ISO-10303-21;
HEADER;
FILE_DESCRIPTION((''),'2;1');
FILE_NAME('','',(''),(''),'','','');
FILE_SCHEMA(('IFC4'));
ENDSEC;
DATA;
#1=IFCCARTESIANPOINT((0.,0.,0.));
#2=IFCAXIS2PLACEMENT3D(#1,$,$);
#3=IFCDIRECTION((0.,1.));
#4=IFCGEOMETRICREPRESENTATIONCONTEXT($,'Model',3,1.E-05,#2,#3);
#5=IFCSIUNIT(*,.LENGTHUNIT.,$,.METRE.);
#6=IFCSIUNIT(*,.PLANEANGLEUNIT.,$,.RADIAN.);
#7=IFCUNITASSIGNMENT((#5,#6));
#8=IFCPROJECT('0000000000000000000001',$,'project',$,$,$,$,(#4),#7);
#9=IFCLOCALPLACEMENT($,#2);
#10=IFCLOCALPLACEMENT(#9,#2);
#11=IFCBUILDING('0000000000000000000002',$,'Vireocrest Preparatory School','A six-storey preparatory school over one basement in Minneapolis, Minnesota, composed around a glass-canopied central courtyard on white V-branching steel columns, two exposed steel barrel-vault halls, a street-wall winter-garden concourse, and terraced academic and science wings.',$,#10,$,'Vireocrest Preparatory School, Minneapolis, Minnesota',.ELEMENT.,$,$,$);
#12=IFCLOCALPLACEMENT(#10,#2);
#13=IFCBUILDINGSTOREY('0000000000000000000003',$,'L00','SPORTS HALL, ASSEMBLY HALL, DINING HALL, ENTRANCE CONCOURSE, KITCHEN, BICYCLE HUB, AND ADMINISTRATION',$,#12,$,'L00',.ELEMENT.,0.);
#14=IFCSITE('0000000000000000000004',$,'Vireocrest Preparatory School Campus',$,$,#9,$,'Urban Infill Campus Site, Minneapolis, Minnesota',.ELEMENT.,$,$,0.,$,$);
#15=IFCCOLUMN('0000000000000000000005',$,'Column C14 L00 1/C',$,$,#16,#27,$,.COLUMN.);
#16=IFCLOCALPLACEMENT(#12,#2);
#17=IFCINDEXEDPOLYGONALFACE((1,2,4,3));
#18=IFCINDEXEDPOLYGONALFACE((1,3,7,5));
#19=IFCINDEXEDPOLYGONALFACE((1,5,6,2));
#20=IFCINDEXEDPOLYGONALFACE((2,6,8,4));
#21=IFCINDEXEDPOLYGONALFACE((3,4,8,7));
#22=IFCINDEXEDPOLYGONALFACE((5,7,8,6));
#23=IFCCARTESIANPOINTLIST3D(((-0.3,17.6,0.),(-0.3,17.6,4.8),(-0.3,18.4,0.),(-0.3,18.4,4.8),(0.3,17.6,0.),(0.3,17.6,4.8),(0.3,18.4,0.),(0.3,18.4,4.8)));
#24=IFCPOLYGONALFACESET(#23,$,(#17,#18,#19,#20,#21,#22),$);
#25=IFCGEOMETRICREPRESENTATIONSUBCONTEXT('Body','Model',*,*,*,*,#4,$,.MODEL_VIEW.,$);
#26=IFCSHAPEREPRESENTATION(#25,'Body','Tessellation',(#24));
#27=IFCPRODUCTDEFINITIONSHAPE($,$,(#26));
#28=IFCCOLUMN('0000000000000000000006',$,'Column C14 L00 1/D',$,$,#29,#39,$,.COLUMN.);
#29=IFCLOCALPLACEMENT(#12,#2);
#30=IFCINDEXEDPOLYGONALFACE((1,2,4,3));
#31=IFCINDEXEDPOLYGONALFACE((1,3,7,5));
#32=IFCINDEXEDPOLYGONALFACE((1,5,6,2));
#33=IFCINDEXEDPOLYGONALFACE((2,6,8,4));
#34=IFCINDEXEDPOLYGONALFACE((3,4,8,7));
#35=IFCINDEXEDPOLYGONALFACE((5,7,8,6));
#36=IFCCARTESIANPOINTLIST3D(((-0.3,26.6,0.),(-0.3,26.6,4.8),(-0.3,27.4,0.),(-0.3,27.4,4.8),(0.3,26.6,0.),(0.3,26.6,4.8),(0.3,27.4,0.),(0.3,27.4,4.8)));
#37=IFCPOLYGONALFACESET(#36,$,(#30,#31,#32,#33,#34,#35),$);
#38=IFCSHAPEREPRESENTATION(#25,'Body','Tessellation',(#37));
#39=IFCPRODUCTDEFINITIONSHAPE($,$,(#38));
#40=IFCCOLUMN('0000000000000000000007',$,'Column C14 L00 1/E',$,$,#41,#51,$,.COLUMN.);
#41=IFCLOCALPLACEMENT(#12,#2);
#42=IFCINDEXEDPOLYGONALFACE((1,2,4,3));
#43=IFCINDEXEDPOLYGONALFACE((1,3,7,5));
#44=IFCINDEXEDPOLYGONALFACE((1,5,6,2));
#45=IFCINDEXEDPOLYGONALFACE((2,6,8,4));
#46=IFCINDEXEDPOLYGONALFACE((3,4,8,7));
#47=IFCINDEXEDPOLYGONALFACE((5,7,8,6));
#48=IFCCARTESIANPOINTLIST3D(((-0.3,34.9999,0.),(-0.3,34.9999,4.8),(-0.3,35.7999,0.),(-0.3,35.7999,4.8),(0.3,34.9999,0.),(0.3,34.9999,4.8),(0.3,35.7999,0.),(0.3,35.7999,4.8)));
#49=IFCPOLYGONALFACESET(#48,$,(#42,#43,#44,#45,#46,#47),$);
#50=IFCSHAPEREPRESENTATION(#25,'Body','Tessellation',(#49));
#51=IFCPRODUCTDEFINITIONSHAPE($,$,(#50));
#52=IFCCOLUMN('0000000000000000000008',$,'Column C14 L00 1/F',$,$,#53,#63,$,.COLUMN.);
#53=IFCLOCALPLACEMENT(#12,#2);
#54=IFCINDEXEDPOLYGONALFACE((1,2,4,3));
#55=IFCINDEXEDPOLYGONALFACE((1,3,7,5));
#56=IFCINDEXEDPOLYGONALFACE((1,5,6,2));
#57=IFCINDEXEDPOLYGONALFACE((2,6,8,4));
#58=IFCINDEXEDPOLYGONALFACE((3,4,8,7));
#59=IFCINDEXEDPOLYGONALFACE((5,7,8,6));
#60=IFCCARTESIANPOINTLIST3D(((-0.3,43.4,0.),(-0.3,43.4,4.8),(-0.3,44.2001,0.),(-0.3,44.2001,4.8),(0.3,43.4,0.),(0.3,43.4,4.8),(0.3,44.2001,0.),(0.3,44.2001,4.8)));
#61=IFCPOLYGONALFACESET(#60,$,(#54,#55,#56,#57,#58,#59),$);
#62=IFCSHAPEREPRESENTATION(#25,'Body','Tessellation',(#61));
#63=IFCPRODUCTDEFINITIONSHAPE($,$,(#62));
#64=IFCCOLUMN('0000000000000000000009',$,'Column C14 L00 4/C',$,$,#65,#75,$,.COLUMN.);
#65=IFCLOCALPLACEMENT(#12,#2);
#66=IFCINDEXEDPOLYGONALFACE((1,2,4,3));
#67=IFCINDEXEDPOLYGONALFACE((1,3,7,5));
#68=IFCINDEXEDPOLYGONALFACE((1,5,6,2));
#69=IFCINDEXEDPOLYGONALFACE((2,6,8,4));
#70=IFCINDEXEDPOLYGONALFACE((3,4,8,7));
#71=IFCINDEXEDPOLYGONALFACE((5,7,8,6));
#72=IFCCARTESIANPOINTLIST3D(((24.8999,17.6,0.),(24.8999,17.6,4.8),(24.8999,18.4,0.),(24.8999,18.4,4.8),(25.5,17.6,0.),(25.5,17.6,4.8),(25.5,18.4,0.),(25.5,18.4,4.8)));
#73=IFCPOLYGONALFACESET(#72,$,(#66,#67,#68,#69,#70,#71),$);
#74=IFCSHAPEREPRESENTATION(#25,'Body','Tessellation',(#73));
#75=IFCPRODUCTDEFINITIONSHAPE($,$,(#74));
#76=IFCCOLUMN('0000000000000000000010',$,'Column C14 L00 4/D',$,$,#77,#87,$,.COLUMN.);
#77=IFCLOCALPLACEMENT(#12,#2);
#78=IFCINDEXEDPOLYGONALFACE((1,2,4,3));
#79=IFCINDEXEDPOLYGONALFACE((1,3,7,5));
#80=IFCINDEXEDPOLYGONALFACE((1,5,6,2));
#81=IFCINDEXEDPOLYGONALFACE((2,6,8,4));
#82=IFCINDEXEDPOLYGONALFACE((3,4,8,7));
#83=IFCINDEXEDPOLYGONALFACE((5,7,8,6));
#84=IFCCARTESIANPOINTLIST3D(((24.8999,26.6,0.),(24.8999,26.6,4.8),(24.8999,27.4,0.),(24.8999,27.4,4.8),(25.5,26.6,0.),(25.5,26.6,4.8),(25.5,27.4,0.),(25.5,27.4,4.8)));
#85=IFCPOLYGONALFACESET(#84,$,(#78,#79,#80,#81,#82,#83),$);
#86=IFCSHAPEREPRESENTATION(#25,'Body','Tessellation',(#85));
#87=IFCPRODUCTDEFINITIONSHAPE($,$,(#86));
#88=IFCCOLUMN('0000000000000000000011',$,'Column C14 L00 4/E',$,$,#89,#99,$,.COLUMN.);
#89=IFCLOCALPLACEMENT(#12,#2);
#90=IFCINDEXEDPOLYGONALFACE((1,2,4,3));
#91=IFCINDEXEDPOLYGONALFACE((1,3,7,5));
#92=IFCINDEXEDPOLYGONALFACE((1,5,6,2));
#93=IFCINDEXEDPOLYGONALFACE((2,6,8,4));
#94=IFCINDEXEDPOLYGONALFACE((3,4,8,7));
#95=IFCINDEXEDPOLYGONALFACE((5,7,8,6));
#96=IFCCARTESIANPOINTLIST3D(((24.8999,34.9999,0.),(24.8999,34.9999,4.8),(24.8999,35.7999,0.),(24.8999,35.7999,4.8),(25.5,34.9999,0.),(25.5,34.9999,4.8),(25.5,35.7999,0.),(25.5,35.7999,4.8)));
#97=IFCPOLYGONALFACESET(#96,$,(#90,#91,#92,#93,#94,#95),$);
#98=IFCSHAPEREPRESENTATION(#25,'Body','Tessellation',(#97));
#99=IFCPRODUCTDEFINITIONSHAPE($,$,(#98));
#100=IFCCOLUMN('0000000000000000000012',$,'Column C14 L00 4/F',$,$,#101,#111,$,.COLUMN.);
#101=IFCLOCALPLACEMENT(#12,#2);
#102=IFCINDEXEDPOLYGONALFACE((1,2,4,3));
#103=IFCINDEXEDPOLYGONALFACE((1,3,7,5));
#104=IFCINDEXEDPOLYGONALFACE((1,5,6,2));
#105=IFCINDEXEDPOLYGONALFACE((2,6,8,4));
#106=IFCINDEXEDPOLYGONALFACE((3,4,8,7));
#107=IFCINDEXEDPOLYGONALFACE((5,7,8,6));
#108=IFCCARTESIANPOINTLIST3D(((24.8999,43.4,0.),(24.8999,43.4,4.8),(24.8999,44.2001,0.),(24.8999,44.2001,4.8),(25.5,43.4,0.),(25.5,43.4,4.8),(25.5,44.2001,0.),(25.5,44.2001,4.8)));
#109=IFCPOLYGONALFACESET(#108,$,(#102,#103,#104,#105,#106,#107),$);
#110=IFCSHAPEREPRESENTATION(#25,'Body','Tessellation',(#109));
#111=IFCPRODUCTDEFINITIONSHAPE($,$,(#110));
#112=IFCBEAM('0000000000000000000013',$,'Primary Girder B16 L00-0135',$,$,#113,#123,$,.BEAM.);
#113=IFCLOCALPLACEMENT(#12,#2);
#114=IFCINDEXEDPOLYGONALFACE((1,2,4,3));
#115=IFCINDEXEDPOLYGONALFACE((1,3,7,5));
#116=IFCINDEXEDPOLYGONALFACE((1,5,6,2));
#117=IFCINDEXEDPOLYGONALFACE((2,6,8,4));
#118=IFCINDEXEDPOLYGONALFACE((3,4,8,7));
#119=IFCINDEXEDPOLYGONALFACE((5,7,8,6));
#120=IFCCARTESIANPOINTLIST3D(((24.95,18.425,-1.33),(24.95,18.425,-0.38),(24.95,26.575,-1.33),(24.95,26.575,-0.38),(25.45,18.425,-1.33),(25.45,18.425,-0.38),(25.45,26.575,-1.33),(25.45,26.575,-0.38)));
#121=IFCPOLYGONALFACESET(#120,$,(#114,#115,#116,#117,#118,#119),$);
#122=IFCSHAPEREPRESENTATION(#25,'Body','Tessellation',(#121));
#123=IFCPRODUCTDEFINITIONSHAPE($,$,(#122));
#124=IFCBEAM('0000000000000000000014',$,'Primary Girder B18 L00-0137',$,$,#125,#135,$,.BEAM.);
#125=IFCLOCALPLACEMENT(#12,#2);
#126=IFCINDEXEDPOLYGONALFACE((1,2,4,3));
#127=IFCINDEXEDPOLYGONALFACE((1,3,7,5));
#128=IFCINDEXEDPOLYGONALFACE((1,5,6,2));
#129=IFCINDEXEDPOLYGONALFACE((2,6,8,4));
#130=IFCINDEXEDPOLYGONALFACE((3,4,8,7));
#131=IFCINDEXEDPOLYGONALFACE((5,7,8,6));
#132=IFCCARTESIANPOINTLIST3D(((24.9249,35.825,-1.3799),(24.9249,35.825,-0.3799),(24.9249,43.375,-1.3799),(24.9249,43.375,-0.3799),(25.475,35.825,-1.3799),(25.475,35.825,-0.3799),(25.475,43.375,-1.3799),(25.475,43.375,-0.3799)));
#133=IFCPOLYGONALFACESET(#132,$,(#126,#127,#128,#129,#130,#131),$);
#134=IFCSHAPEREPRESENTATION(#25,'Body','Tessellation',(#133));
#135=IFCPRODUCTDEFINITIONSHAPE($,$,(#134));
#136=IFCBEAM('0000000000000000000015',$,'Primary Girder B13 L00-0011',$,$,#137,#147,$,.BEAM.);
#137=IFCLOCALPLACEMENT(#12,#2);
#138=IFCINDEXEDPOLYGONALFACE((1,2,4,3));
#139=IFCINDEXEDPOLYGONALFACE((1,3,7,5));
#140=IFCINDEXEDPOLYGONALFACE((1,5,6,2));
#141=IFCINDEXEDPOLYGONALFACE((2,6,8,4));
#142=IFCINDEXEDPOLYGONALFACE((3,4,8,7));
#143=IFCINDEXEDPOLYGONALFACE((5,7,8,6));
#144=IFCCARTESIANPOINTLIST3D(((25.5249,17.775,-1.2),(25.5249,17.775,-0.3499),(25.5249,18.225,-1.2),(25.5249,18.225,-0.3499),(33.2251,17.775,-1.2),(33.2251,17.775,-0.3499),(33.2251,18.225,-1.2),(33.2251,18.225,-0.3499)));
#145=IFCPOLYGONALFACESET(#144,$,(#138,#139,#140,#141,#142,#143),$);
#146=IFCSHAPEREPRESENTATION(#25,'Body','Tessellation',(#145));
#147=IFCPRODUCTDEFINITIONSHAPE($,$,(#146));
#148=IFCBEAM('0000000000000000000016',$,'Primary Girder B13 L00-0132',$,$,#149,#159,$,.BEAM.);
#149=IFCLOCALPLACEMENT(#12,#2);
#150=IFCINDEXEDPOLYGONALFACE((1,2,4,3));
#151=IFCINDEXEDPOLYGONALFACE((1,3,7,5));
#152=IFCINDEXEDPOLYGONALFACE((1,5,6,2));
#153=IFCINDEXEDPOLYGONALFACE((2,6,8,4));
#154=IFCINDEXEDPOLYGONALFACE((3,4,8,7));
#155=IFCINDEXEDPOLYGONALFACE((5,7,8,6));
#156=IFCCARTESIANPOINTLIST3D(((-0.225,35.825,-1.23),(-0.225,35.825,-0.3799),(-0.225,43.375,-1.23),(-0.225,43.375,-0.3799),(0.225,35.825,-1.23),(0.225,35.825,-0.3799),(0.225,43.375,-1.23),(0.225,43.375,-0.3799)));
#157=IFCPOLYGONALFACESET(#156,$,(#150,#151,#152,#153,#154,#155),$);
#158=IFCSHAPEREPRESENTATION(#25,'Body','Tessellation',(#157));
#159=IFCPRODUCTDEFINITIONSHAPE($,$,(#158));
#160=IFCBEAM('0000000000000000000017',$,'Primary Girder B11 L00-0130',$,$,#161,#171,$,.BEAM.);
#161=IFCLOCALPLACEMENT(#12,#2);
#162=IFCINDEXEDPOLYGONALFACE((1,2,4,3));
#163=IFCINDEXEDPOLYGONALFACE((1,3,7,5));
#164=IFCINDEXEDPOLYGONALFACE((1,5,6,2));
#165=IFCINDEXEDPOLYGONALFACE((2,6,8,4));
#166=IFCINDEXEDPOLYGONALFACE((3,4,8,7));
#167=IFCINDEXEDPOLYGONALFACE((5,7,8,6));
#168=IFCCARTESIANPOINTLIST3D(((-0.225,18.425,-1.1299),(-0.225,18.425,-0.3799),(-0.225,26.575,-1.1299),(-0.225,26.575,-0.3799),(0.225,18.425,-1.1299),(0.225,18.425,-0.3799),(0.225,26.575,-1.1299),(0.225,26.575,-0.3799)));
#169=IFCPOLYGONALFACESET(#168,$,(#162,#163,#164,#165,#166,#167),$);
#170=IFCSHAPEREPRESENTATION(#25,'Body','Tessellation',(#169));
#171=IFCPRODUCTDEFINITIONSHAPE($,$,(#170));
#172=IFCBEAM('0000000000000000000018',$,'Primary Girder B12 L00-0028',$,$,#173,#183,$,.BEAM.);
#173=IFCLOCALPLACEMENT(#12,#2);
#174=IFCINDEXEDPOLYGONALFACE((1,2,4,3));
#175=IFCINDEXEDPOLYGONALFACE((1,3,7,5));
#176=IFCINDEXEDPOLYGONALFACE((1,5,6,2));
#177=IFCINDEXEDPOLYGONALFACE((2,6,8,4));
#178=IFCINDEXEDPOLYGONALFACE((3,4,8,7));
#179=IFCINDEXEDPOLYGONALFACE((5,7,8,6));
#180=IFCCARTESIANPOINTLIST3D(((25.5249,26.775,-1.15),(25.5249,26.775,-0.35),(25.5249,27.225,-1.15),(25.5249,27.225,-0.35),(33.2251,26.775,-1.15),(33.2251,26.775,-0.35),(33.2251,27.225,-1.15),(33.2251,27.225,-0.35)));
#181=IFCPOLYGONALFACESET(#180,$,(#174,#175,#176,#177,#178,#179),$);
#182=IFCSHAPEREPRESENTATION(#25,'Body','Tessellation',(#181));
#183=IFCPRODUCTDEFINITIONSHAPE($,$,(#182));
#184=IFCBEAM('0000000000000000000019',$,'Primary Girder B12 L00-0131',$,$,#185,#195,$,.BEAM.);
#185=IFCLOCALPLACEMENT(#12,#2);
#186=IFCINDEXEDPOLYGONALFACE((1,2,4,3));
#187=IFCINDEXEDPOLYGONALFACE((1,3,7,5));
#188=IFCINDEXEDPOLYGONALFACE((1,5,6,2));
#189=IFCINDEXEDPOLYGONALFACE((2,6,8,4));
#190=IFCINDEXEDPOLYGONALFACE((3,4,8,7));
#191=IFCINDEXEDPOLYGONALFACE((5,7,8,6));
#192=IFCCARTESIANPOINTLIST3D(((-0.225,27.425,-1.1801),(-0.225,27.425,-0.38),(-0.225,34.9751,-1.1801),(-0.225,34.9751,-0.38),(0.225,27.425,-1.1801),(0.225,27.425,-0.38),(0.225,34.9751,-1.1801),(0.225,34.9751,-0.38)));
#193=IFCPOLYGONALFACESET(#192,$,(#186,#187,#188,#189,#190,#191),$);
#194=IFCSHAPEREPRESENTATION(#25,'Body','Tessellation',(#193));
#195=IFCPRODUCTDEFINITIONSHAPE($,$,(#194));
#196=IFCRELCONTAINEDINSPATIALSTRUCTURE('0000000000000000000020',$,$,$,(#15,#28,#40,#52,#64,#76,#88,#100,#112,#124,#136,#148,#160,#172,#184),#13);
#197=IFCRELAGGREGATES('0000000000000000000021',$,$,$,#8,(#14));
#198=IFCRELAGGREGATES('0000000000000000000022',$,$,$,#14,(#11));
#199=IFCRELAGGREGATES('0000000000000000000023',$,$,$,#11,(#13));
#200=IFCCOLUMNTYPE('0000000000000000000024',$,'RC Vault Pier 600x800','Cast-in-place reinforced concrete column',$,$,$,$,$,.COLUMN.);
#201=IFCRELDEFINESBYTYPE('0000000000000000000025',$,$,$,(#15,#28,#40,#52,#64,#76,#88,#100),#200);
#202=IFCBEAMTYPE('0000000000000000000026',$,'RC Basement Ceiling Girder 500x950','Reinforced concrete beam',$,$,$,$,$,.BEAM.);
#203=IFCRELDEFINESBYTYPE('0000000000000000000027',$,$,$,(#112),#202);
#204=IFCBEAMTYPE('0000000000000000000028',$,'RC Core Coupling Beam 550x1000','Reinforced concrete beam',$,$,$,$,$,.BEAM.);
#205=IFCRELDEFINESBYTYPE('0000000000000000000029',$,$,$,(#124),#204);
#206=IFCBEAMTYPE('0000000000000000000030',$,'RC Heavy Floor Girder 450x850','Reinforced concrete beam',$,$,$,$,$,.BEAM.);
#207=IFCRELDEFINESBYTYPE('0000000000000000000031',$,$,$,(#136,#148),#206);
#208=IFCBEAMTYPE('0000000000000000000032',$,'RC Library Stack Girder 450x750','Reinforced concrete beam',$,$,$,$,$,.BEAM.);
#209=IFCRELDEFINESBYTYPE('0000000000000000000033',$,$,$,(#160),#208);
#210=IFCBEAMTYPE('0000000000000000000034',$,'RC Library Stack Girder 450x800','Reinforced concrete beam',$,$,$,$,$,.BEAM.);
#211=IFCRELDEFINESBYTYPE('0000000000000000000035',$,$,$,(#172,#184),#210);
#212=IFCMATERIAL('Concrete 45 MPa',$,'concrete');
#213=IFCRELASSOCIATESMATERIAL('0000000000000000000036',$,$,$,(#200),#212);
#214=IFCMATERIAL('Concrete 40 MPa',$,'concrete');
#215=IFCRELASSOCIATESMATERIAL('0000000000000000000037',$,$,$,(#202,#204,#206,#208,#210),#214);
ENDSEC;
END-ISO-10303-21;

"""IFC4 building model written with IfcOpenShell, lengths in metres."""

from ifc_helpers import new_model, si_unit, direction, frame, origin, origin_2d, place, context, subcontext, project, spatial, rectangle, extrude, material, material_profile, profile_set, type_object, element, save


model = new_model("IFC4")

# Units and contexts
model_context = context("Model", 3, precision=1e-05, world=origin(), true_north=direction((0.0, 1.0)))
body_context = subcontext(model_context, "Body", "Model", "MODEL_VIEW")
ifc_project = project(units=[si_unit("LENGTHUNIT", "METRE"), si_unit("PLANEANGLEUNIT", "RADIAN")], contexts=[model_context])

# Site, building, storey
site_placement = place(None, origin())
site = spatial("IfcSite", under=ifc_project, at=site_placement, Name="Vireocrest Preparatory School Campus", LongName="Urban Infill Campus Site, Minneapolis, Minnesota", CompositionType="ELEMENT", RefElevation=0.0)
building_placement = place(site_placement, origin())
building = spatial("IfcBuilding", under=site, at=building_placement, Name="Vireocrest Preparatory School", Description="A six-storey preparatory school over one basement in Minneapolis, Minnesota, composed around a glass-canopied central courtyard on white V-branching steel columns, two exposed steel barrel-vault halls, a street-wall winter-garden concourse, and terraced academic and science wings.", LongName="Vireocrest Preparatory School, Minneapolis, Minnesota", CompositionType="ELEMENT")
storey_placement = place(building_placement, origin())
storey = spatial("IfcBuildingStorey", under=building, at=storey_placement, Name="L00", Description="SPORTS HALL, ASSEMBLY HALL, DINING HALL, ENTRANCE CONCOURSE, KITCHEN, BICYCLE HUB, AND ADMINISTRATION", LongName="L00", CompositionType="ELEMENT", Elevation=0.0)

# Columns
ifc_material_1 = material(Name="Concrete 45 MPa", Category="concrete")
ifc_material_profile_1 = material_profile(ifc_material_1, rectangle(XDim=0.6001, YDim=0.8, at=origin_2d()), Name="RC 600x800")
ifc_profile_set_1 = profile_set([ifc_material_profile_1], Name="Concrete 45 MPa")
column_type = type_object("IfcColumnType", Name="RC Vault Pier 600x800", Description="Cast-in-place reinforced concrete column", PredefinedType="COLUMN", material=ifc_profile_set_1)
for number, where, z_axis, x_axis, name in (
    (1, (0.0, 18.0, 0.0), (0.0, 0.0, 1.0), (1.0, 0.0, 0.0), "Column C14 L00 1/C"),
    (2, (0.0, 27.0, 0.0), (0.0, 0.0, 1.0), (1.0, 0.0, 0.0), "Column C14 L00 1/D"),
    (3, (0.0, 35.3999, 0.0), (0.0, 0.0, 1.0), (1.0, 0.0, 0.0), "Column C14 L00 1/E"),
    (4, (0.0, 43.8, 0.0), (0.0, 0.0, 1.0), (1.0, 0.0, 0.0), "Column C14 L00 1/F"),
    (5, (25.2, 18.0, 0.0), (0.0, 0.0, 1.0), (1.0, 0.0, 0.0), "Column C14 L00 4/C"),
    (6, (25.2, 27.0, 0.0), (0.0, 0.0, 1.0), (1.0, 0.0, 0.0), "Column C14 L00 4/D"),
    (7, (25.2, 35.3999, 0.0), (0.0, 0.0, 1.0), (1.0, 0.0, 0.0), "Column C14 L00 4/E"),
    (8, (25.2, 43.8, 0.0), (0.0, 0.0, 1.0), (1.0, 0.0, 0.0), "Column C14 L00 4/F"),
):
    element("IfcColumn", number, at=place(storey_placement, frame(where, z_axis=z_axis, x_axis=x_axis)), inside=storey, type_object=column_type, Name=name, PredefinedType="COLUMN", context=body_context, shape_type="SweptSolid", body=[
        extrude(rectangle(XDim=0.6001, YDim=0.8, at=origin_2d()), origin(), (0.0, 0.0, 1.0), 4.8),
    ])

# Beams
ifc_material_2 = material(Name="Concrete 40 MPa", Category="concrete")
ifc_material_profile_2 = material_profile(ifc_material_2, rectangle(XDim=0.5, YDim=0.95, at=origin_2d()), Name="RC 500x950")
ifc_profile_set_2 = profile_set([ifc_material_profile_2], Name="Concrete 40 MPa")
beam_type_1 = type_object("IfcBeamType", Name="RC Basement Ceiling Girder 500x950", Description="Reinforced concrete beam", PredefinedType="BEAM", material=ifc_profile_set_2)
beam_1_placement = place(storey_placement, frame((25.2, 18.425, -0.855), z_axis=(0.0, 1.0, 0.0), x_axis=(-1.0, 0.0, 0.0)))
element("IfcBeam", 9, at=beam_1_placement, inside=storey, type_object=beam_type_1, Name="Primary Girder B16 L00-0135", PredefinedType="BEAM", context=body_context, shape_type="SweptSolid", body=[
    extrude(rectangle(XDim=0.5, YDim=0.95, at=origin_2d()), origin(), (0.0, 0.0, 1.0), 8.1499),
])
ifc_material_profile_3 = material_profile(ifc_material_2, rectangle(XDim=0.55, YDim=1.0, at=origin_2d()), Name="RC 550x1000")
ifc_profile_set_3 = profile_set([ifc_material_profile_3], Name="Concrete 40 MPa")
beam_type_2 = type_object("IfcBeamType", Name="RC Core Coupling Beam 550x1000", Description="Reinforced concrete beam", PredefinedType="BEAM", material=ifc_profile_set_3)
beam_2_placement = place(storey_placement, frame((25.2, 35.825, -0.8799), z_axis=(0.0, 1.0, 0.0), x_axis=(-1.0, 0.0, 0.0)))
element("IfcBeam", 10, at=beam_2_placement, inside=storey, type_object=beam_type_2, Name="Primary Girder B18 L00-0137", PredefinedType="BEAM", context=body_context, shape_type="SweptSolid", body=[
    extrude(rectangle(XDim=0.55, YDim=1.0, at=origin_2d()), origin(), (0.0, 0.0, 1.0), 7.55),
])
ifc_material_profile_4 = material_profile(ifc_material_2, rectangle(XDim=0.45, YDim=0.8501, at=origin_2d()), Name="RC 450x850")
ifc_profile_set_4 = profile_set([ifc_material_profile_4], Name="Concrete 40 MPa")
beam_type_3 = type_object("IfcBeamType", Name="RC Heavy Floor Girder 450x850", Description="Reinforced concrete beam", PredefinedType="BEAM", material=ifc_profile_set_4)
beam_3_placement = place(storey_placement, frame((25.5249, 18.0, -0.7749), z_axis=(1.0, 0.0, 0.0), x_axis=(0.0, 1.0, 0.0)))
element("IfcBeam", 11, at=beam_3_placement, inside=storey, type_object=beam_type_3, Name="Primary Girder B13 L00-0011", PredefinedType="BEAM", context=body_context, shape_type="SweptSolid", body=[
    extrude(rectangle(XDim=0.45, YDim=0.8501, at=origin_2d()), origin(), (0.0, 0.0, 1.0), 7.7002),
])
beam_4_placement = place(storey_placement, frame((0.0, 35.825, -0.8049), z_axis=(0.0, 1.0, 0.0), x_axis=(-1.0, 0.0, 0.0)))
element("IfcBeam", 12, at=beam_4_placement, inside=storey, type_object=beam_type_3, Name="Primary Girder B13 L00-0132", PredefinedType="BEAM", context=body_context, shape_type="SweptSolid", body=[
    extrude(rectangle(XDim=0.45, YDim=0.8501, at=origin_2d()), origin(), (0.0, 0.0, 1.0), 7.55),
])
ifc_material_profile_5 = material_profile(ifc_material_2, rectangle(XDim=0.45, YDim=0.75, at=origin_2d()), Name="RC 450x750")
ifc_profile_set_5 = profile_set([ifc_material_profile_5], Name="Concrete 40 MPa")
beam_type_4 = type_object("IfcBeamType", Name="RC Library Stack Girder 450x750", Description="Reinforced concrete beam", PredefinedType="BEAM", material=ifc_profile_set_5)
beam_5_placement = place(storey_placement, frame((0.0, 18.425, -0.7549), z_axis=(0.0, 1.0, 0.0), x_axis=(-1.0, 0.0, 0.0)))
element("IfcBeam", 13, at=beam_5_placement, inside=storey, type_object=beam_type_4, Name="Primary Girder B11 L00-0130", PredefinedType="BEAM", context=body_context, shape_type="SweptSolid", body=[
    extrude(rectangle(XDim=0.45, YDim=0.75, at=origin_2d()), origin(), (0.0, 0.0, 1.0), 8.1499),
])
ifc_material_profile_6 = material_profile(ifc_material_2, rectangle(XDim=0.45, YDim=0.8, at=origin_2d()), Name="RC 450x800")
ifc_profile_set_6 = profile_set([ifc_material_profile_6], Name="Concrete 40 MPa")
beam_type_5 = type_object("IfcBeamType", Name="RC Library Stack Girder 450x800", Description="Reinforced concrete beam", PredefinedType="BEAM", material=ifc_profile_set_6)
beam_6_placement = place(storey_placement, frame((25.5249, 27.0, -0.75), z_axis=(1.0, 0.0, 0.0), x_axis=(0.0, 1.0, 0.0)))
element("IfcBeam", 14, at=beam_6_placement, inside=storey, type_object=beam_type_5, Name="Primary Girder B12 L00-0028", PredefinedType="BEAM", context=body_context, shape_type="SweptSolid", body=[
    extrude(rectangle(XDim=0.45, YDim=0.8, at=origin_2d()), origin(), (0.0, 0.0, 1.0), 7.7002),
])
beam_7_placement = place(storey_placement, frame((0.0, 27.425, -0.78), z_axis=(0.0, 1.0, 0.0), x_axis=(-1.0, 0.0, 0.0)))
element("IfcBeam", 15, at=beam_7_placement, inside=storey, type_object=beam_type_5, Name="Primary Girder B12 L00-0131", PredefinedType="BEAM", context=body_context, shape_type="SweptSolid", body=[
    extrude(rectangle(XDim=0.45, YDim=0.8, at=origin_2d()), origin(), (0.0, 0.0, 1.0), 7.55),
])

save(model, "model.ifc")
